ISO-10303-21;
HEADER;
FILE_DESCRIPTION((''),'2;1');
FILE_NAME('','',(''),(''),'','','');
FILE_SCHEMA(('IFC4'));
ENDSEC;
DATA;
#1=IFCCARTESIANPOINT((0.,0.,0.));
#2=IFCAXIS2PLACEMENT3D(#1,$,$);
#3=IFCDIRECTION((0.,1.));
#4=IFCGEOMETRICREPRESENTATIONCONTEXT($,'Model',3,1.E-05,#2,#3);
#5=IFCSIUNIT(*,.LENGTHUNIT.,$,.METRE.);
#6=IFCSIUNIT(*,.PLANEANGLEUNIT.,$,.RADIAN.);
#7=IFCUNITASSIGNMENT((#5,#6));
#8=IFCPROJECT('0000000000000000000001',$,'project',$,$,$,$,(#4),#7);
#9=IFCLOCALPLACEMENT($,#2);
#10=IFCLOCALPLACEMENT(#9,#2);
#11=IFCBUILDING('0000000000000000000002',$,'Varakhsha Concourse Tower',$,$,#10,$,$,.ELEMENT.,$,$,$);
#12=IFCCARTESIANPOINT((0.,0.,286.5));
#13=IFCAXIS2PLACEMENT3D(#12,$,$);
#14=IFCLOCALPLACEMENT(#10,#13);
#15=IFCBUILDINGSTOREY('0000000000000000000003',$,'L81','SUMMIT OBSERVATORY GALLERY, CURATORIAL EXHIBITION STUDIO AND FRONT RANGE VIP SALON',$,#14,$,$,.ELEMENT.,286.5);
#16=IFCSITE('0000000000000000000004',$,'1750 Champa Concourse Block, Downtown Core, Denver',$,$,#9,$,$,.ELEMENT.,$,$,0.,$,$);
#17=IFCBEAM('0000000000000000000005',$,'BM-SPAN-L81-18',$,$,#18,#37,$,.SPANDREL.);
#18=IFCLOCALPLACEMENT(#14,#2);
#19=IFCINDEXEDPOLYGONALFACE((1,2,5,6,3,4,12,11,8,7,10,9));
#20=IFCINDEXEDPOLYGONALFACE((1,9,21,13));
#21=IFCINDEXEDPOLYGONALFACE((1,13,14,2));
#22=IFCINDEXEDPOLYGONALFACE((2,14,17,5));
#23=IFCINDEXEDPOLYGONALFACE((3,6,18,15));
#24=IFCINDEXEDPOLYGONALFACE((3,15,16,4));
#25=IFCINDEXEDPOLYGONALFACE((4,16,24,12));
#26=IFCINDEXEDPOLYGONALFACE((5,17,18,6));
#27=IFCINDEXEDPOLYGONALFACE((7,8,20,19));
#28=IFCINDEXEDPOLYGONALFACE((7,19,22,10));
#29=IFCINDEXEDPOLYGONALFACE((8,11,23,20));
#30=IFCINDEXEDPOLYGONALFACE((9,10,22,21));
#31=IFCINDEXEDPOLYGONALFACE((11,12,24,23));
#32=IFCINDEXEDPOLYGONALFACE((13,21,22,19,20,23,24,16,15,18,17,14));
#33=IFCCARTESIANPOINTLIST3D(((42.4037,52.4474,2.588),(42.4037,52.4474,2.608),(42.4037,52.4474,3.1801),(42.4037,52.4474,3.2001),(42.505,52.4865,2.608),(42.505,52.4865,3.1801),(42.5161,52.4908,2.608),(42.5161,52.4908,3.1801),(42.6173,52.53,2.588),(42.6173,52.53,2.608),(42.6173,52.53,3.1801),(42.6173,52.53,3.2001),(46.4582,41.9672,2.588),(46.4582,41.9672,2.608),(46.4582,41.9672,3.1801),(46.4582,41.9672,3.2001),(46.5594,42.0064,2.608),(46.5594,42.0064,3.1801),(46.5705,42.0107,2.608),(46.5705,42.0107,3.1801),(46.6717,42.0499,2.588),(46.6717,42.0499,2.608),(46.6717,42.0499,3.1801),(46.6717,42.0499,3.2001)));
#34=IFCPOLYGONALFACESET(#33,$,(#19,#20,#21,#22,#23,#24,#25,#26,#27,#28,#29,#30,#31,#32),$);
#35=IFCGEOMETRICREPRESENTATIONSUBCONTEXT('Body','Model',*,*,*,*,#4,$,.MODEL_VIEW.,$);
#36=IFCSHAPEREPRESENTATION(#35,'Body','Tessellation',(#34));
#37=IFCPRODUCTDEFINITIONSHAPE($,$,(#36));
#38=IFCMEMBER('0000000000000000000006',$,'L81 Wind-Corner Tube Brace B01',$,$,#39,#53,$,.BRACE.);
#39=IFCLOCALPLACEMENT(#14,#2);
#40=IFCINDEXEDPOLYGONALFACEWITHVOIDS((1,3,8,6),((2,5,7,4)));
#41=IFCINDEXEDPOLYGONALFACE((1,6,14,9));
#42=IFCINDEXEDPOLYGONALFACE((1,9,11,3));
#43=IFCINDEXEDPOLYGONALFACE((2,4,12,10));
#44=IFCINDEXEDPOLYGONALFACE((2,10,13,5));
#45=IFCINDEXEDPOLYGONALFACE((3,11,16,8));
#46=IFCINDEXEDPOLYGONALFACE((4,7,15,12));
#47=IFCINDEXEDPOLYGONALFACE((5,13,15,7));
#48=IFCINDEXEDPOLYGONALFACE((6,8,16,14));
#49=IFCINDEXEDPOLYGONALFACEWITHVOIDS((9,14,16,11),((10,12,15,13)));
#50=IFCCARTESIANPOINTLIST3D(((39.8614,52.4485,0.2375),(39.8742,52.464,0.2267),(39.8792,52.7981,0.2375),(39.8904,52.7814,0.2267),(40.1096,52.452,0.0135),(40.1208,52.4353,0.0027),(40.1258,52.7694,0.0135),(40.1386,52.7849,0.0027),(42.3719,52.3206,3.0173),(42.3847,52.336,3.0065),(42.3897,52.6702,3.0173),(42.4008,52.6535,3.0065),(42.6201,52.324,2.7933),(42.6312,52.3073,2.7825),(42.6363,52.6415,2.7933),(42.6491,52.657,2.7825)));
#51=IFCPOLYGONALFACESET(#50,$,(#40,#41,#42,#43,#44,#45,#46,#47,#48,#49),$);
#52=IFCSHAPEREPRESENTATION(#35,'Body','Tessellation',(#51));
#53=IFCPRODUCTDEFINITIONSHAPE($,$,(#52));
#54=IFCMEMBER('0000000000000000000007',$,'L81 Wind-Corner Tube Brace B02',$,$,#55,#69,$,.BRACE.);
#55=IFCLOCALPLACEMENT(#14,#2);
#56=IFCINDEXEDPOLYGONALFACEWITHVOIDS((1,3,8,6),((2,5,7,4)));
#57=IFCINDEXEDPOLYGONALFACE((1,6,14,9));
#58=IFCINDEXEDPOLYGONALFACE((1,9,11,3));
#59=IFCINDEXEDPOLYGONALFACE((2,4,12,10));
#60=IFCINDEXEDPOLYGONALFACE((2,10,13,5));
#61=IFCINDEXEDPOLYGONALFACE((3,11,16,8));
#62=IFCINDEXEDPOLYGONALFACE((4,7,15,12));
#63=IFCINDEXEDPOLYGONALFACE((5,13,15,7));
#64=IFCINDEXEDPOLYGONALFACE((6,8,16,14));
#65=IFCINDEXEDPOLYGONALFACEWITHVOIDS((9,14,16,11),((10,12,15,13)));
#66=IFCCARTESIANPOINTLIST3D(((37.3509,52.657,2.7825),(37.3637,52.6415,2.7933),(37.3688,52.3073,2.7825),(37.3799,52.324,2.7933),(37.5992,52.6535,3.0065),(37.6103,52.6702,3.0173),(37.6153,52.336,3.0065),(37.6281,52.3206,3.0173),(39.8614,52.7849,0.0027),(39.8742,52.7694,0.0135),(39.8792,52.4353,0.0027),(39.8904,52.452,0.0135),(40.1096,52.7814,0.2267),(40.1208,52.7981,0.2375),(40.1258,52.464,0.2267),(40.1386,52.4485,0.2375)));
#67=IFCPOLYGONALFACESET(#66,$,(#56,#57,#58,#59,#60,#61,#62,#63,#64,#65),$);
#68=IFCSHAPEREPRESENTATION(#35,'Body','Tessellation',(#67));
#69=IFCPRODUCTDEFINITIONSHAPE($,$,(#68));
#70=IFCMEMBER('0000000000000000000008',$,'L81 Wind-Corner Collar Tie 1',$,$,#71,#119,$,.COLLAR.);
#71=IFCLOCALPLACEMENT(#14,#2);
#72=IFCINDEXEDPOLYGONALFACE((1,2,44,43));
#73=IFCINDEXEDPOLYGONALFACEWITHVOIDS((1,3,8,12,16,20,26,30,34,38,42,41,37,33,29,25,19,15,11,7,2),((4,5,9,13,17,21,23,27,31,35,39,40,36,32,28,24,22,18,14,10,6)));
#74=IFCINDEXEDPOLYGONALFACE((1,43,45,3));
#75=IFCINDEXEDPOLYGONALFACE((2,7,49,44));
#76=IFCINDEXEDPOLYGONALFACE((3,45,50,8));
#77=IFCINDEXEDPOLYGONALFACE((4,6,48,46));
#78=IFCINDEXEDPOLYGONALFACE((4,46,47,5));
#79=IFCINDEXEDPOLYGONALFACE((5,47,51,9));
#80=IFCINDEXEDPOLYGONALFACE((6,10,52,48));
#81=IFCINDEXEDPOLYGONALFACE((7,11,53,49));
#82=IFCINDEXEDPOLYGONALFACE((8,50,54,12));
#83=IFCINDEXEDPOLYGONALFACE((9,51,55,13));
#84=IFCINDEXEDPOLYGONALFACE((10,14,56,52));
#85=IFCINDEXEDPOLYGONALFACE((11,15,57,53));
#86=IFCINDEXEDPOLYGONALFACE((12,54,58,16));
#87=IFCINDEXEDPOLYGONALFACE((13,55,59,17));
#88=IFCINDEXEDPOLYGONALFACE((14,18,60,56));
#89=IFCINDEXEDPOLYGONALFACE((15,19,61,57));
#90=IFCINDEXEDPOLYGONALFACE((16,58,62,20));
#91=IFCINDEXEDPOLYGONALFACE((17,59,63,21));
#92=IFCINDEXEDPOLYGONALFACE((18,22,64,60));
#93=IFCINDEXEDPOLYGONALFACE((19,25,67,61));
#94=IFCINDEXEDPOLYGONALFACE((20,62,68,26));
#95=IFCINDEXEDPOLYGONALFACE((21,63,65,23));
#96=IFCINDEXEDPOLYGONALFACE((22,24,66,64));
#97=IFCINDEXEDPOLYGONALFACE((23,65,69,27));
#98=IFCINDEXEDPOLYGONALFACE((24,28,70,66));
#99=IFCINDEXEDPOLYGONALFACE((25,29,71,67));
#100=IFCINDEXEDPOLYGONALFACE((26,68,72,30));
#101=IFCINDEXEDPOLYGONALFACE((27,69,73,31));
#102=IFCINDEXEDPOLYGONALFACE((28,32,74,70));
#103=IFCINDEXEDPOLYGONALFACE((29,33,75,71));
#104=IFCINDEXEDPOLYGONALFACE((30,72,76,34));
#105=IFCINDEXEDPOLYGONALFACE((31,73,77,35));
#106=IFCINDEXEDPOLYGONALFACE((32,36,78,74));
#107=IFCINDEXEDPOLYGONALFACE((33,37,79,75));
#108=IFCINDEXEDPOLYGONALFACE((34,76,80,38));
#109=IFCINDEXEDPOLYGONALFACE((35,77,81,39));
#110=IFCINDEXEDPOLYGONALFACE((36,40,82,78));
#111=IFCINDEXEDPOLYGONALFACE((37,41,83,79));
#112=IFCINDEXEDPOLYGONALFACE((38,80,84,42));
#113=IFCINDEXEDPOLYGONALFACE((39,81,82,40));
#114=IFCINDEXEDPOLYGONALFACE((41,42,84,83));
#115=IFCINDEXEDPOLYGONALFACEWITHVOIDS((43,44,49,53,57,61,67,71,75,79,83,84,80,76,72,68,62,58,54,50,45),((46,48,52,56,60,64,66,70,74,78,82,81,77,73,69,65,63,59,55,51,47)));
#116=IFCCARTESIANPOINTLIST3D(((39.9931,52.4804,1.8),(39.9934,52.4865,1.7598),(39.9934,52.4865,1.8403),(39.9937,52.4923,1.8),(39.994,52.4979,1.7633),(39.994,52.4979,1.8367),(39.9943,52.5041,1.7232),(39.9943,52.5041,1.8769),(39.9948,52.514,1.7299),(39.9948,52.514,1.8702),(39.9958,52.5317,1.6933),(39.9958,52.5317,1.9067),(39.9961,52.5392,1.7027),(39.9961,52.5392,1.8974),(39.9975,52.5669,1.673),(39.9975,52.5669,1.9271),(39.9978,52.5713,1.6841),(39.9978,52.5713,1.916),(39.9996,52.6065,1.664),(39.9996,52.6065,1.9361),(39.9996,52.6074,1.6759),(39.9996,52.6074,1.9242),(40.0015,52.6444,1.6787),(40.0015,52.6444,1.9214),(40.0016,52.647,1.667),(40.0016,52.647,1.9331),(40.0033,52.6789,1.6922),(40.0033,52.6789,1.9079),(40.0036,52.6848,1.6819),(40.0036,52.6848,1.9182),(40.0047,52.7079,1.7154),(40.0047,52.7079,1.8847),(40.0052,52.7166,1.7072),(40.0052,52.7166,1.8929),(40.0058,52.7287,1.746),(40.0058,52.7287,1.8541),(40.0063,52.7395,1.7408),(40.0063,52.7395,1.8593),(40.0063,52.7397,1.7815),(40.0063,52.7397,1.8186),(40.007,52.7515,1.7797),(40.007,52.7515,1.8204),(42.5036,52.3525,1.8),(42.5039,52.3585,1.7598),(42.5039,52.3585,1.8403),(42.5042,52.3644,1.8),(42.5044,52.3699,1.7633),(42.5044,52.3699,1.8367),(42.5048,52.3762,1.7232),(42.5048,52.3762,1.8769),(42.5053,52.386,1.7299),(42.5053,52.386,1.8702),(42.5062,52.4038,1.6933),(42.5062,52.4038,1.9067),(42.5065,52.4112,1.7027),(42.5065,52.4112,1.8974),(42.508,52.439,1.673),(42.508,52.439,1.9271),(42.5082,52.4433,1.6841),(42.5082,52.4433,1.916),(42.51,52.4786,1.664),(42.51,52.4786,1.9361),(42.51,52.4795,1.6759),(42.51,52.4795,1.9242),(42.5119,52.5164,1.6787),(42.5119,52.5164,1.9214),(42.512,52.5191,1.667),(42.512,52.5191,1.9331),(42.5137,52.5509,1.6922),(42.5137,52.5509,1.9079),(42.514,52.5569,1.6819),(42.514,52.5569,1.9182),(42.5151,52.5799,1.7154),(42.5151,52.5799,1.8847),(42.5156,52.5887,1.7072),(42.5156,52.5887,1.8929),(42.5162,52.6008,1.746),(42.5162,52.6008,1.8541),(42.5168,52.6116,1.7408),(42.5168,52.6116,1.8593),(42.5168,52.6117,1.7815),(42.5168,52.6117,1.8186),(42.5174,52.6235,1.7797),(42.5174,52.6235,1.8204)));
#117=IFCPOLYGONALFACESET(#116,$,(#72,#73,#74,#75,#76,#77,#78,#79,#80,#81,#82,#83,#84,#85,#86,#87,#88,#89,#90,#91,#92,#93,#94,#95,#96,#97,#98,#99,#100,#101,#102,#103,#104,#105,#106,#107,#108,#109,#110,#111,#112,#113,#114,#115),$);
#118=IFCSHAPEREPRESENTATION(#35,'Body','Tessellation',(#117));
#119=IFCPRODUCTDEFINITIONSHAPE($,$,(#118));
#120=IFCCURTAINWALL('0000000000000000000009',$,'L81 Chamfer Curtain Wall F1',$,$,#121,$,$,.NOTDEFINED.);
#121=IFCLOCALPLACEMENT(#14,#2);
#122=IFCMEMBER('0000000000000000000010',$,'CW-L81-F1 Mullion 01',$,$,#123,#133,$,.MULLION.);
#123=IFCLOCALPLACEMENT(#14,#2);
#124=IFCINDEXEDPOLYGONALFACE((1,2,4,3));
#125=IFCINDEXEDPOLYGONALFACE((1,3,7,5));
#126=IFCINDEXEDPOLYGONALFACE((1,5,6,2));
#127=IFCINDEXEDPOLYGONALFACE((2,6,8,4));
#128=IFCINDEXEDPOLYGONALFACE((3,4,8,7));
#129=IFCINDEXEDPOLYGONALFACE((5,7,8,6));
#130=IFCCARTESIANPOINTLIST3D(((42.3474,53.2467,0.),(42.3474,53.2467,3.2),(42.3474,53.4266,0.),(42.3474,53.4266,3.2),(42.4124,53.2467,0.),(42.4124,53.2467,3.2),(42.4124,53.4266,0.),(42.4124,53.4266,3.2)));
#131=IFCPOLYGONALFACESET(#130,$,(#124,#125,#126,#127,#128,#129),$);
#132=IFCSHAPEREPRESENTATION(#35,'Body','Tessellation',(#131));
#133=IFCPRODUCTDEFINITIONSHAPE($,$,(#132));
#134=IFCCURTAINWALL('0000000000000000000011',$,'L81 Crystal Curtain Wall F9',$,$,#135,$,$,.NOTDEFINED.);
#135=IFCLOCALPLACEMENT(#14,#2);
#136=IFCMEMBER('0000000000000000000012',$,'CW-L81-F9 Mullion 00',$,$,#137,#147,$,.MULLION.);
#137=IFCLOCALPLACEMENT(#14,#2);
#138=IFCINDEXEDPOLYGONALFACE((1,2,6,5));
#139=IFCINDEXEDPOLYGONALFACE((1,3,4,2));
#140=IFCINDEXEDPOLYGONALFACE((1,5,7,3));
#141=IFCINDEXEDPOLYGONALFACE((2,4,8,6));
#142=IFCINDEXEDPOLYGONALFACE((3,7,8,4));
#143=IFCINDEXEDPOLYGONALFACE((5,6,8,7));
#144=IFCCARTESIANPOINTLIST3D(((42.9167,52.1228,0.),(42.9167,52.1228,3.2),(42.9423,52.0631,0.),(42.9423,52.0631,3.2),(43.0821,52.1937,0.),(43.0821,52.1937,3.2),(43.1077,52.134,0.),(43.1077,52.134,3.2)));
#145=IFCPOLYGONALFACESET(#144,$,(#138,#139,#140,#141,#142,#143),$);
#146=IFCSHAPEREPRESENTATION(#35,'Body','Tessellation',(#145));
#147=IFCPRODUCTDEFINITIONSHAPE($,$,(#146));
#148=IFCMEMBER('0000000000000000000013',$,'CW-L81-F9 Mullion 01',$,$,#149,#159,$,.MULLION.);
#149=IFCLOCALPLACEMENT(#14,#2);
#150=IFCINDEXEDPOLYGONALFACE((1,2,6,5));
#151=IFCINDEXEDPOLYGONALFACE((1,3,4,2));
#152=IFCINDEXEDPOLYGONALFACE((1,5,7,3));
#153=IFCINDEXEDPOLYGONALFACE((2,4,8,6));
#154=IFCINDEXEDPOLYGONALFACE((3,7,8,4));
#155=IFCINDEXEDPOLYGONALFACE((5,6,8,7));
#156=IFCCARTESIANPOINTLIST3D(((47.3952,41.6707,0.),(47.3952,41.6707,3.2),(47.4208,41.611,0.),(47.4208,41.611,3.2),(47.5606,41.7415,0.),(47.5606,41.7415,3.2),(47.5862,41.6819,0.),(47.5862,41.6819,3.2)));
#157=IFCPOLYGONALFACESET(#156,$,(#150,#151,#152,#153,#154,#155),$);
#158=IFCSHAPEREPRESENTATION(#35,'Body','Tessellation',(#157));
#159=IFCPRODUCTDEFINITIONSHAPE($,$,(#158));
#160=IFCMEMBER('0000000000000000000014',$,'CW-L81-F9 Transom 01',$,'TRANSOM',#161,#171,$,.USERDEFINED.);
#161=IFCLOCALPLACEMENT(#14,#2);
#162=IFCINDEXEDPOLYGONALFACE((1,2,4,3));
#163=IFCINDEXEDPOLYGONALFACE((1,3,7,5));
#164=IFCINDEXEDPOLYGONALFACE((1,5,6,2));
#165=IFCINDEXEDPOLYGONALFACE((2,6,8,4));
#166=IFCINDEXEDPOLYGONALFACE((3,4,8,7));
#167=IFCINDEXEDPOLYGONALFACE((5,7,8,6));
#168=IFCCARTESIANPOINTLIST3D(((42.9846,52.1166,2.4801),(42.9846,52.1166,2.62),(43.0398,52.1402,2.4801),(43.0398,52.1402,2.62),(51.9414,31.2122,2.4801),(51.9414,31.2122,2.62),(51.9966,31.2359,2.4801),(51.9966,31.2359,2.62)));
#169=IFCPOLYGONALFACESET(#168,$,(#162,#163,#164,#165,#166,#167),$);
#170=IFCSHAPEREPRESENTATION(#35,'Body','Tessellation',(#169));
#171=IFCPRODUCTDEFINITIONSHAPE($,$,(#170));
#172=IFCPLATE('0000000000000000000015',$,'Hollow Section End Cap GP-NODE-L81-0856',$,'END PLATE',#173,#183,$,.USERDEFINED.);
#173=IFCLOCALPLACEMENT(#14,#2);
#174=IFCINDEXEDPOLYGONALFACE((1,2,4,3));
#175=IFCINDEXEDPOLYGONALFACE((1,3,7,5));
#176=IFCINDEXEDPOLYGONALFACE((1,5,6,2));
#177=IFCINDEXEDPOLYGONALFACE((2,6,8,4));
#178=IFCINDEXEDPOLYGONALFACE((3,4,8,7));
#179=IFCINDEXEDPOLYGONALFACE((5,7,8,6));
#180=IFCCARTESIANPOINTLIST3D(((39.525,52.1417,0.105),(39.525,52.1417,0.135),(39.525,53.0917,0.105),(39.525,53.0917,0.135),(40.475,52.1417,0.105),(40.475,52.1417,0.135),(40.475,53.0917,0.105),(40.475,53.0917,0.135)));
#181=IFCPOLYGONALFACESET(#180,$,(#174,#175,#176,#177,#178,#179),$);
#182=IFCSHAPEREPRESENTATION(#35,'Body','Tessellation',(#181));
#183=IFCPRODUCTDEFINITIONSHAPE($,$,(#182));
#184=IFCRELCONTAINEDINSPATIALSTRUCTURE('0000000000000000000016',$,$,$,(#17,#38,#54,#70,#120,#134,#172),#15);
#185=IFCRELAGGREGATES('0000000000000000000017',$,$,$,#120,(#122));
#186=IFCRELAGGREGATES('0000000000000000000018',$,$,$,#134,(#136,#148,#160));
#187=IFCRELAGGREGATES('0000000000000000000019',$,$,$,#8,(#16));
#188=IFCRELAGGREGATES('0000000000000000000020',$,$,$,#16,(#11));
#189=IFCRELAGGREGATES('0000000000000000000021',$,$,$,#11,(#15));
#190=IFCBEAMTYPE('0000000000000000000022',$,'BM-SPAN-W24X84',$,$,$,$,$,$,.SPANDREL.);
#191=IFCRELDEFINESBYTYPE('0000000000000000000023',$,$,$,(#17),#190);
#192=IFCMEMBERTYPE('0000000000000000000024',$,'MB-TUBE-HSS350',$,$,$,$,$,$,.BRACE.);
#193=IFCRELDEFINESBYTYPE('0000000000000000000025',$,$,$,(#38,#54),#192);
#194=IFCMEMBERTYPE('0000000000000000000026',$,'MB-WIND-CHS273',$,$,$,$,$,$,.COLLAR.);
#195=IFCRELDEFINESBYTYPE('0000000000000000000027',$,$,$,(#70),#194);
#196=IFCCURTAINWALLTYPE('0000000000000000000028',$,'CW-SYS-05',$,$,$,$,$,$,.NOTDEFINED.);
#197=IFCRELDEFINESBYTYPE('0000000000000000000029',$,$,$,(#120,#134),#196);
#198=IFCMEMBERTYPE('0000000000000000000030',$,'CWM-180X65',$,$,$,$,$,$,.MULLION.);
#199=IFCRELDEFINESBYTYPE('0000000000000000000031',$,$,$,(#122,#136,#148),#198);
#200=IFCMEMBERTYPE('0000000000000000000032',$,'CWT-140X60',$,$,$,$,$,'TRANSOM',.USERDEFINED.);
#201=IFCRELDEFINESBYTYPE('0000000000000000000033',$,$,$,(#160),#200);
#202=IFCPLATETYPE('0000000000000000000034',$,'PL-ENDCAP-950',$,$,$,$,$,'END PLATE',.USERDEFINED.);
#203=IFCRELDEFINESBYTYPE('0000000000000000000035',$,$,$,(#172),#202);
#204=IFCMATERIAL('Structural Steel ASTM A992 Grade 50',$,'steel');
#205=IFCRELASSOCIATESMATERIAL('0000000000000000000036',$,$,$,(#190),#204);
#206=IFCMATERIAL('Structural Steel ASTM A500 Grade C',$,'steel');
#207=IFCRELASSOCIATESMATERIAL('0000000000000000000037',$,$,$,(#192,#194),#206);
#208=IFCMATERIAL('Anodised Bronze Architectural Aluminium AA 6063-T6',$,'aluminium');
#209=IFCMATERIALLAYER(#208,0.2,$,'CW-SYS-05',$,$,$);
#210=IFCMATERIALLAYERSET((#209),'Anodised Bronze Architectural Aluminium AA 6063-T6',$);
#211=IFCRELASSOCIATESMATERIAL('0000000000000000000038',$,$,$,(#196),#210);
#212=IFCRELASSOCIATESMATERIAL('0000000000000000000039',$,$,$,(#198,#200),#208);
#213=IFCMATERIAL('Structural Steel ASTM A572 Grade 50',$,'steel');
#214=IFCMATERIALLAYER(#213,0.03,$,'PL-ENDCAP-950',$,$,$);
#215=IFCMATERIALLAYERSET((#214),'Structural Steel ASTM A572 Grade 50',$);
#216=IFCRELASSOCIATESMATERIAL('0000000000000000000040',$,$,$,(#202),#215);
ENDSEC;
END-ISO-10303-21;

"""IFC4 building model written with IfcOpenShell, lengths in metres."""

from ifc_helpers import new_model, si_unit, direction, frame, origin, origin_2d, place, context, subcontext, project, spatial, rectangle, hollow_rectangle, hollow_circle, i_section, extrude, source, transform, mapped, material, layer, layer_set, material_profile, profile_set, type_object, type_shapes, element, aggregate, save


model = new_model("IFC4")

# Units and contexts
model_context = context("Model", 3, precision=1e-05, world=origin(), true_north=direction((0.0, 1.0)))
body_context = subcontext(model_context, "Body", "Model", "MODEL_VIEW")
ifc_project = project(units=[si_unit("LENGTHUNIT", "METRE"), si_unit("PLANEANGLEUNIT", "RADIAN")], contexts=[model_context])

# Site, building, storey
site_placement = place(None, origin())
site = spatial("IfcSite", under=ifc_project, at=site_placement, Name="1750 Champa Concourse Block, Downtown Core, Denver", CompositionType="ELEMENT", RefElevation=0.0)
building_placement = place(site_placement, origin())
building = spatial("IfcBuilding", under=site, at=building_placement, Name="Varakhsha Concourse Tower", CompositionType="ELEMENT")
storey_placement = place(building_placement, frame((0.0, 0.0, 286.5)))
storey = spatial("IfcBuildingStorey", under=building, at=storey_placement, Name="L81", Description="SUMMIT OBSERVATORY GALLERY, CURATORIAL EXHIBITION STUDIO AND FRONT RANGE VIP SALON", CompositionType="ELEMENT", Elevation=286.5)

# Shared definitions
ifc_material_1 = material(Name="Structural Steel ASTM A992 Grade 50", Category="steel")
ifc_material_2 = material(Name="Structural Steel ASTM A572 Grade 50", Category="steel")

# Beam
ifc_material_profile_1 = material_profile(ifc_material_1, i_section(OverallWidth=0.229, OverallDepth=0.6121, WebThickness=0.012, FlangeThickness=0.02, at=origin_2d()), Name="W24X84")
ifc_profile_set_1 = profile_set([ifc_material_profile_1], Name="Structural Steel ASTM A992 Grade 50")
beam_type_1 = type_object("IfcBeamType", Name="BM-SPAN-W24X84", PredefinedType="SPANDREL", material=ifc_profile_set_1)
beam_1_placement = place(storey_placement, frame((46.5649, 42.0085, 2.894), z_axis=(-0.360807, 0.932641, 0.0), x_axis=(-0.932641, -0.360807, 0.0)))
element("IfcBeam", 1, at=beam_1_placement, inside=storey, type_object=beam_type_1, Name="BM-SPAN-L81-18", PredefinedType="SPANDREL", context=body_context, shape_type="SweptSolid", body=[
    extrude(i_section(OverallWidth=0.229, OverallDepth=0.6121, WebThickness=0.012, FlangeThickness=0.02, at=origin_2d()), origin(), (0.0, 0.0, 1.0), 11.2371),
])

# Members
ifc_material_3 = material(Name="Structural Steel ASTM A500 Grade C", Category="steel")
ifc_material_profile_2 = material_profile(ifc_material_3, hollow_rectangle(XDim=0.3501, YDim=0.3501, WallThickness=0.0161, at=origin_2d()), Name="HSS 350x350x16")
ifc_profile_set_2 = profile_set([ifc_material_profile_2], Name="Structural Steel ASTM A500 Grade C")
member_type_1 = type_object("IfcMemberType", Name="MB-TUBE-HSS350", PredefinedType="BRACE", material=ifc_profile_set_2)
shared_shape_1 = source(origin(), body_context, "Body", "SweptSolid", [
    extrude(hollow_rectangle(XDim=0.3501, YDim=0.3501, WallThickness=0.0161, at=origin_2d()), origin(), (0.0, 0.0, 1.0), 3.7478),
])
type_shapes(member_type_1, [shared_shape_1])
for number, where, z_axis, x_axis, name in (
    (2, (40.0, 52.6167, 0.1201), (0.669855, -0.034134, 0.741707), (0.050892, 0.998704, 0.0), "L81 Wind-Corner Tube Brace B01"),
    (3, (40.0, 52.6167, 0.1201), (-0.669855, -0.034134, 0.741707), (0.050892, -0.998704, 0.0), "L81 Wind-Corner Tube Brace B02"),
):
    element("IfcMember", number, at=place(storey_placement, frame(where, z_axis=z_axis, x_axis=x_axis)), inside=storey, type_object=member_type_1, Name=name, PredefinedType="BRACE", context=body_context, shape_type="MappedRepresentation", body=[
        mapped(shared_shape_1, transform((0.0, 0.0, 0.0), scale=1.0)),
    ])
ifc_material_profile_3 = material_profile(ifc_material_3, hollow_circle(Radius=0.1365, WallThickness=0.012, at=origin_2d()), Name="CHS 273x12")
ifc_profile_set_3 = profile_set([ifc_material_profile_3], Name="Structural Steel ASTM A500 Grade C")
member_type_2 = type_object("IfcMemberType", Name="MB-WIND-CHS273", PredefinedType="COLLAR", material=ifc_profile_set_3)
shared_shape_2 = source(origin(), body_context, "Body", "SweptSolid", [
    extrude(hollow_circle(Radius=0.1365, WallThickness=0.012, at=origin_2d()), origin(), (0.0, 0.0, 1.0), 2.5137),
])
type_shapes(member_type_2, [shared_shape_2])
member_1_placement = place(storey_placement, frame((42.5105, 52.4888, 1.8), z_axis=(-0.998704, 0.050892, 0.0), x_axis=(-0.050892, -0.998704, 0.0)))
element("IfcMember", 4, at=member_1_placement, inside=storey, type_object=member_type_2, Name="L81 Wind-Corner Collar Tie 1", PredefinedType="COLLAR", context=body_context, shape_type="MappedRepresentation", body=[
    mapped(shared_shape_2, transform((0.0, 0.0, 0.0), scale=1.0)),
])

# Curtain wall, member
ifc_material_4 = material(Name="Anodised Bronze Architectural Aluminium AA 6063-T6", Category="aluminium")
ifc_layer_1 = layer(ifc_material_4, 0.2, Name="CW-SYS-05")
ifc_layer_set_1 = layer_set([ifc_layer_1], Name="Anodised Bronze Architectural Aluminium AA 6063-T6")
curtain_wall_type = type_object("IfcCurtainWallType", Name="CW-SYS-05", PredefinedType="NOTDEFINED", material=ifc_layer_set_1)
curtain_wall_1_placement = place(storey_placement, origin())
curtain_wall_1 = element("IfcCurtainWall", 5, at=curtain_wall_1_placement, inside=storey, type_object=curtain_wall_type, Name="L81 Chamfer Curtain Wall F1", PredefinedType="NOTDEFINED")
ifc_material_profile_4 = material_profile(ifc_material_4, rectangle(XDim=0.0649, YDim=0.1799, at=origin_2d()), Name="CWM-180X65")
ifc_profile_set_4 = profile_set([ifc_material_profile_4], Name="Anodised Bronze Architectural Aluminium AA 6063-T6")
member_type_3 = type_object("IfcMemberType", Name="CWM-180X65", PredefinedType="MULLION", material=ifc_profile_set_4)
shared_shape_3 = source(origin(), body_context, "Body", "SweptSolid", [
    extrude(rectangle(XDim=0.0649, YDim=0.1799, at=origin_2d()), origin(), (0.0, 0.0, 1.0), 3.2),
])
type_shapes(member_type_3, [shared_shape_3])
member_2_placement = place(storey_placement, frame((42.3799, 53.3367, 0.0), z_axis=(0.0, 0.0, 1.0), x_axis=(1.0, 0.0, 0.0)))
member_2 = element("IfcMember", 6, at=member_2_placement, type_object=member_type_3, Name="CW-L81-F1 Mullion 01", PredefinedType="MULLION", context=body_context, shape_type="MappedRepresentation", body=[
    mapped(shared_shape_3, transform((0.0, 0.0, 0.0), scale=1.0)),
])

# Curtain wall, members
curtain_wall_2_placement = place(storey_placement, origin())
curtain_wall_2 = element("IfcCurtainWall", 7, at=curtain_wall_2_placement, inside=storey, type_object=curtain_wall_type, Name="L81 Crystal Curtain Wall F9", PredefinedType="NOTDEFINED")
member_3_placement = place(storey_placement, frame((43.0122, 52.1284, 0.0), z_axis=(0.0, 0.0, 1.0), x_axis=(0.393839, -0.919179, 0.0)))
member_3 = element("IfcMember", 8, at=member_3_placement, type_object=member_type_3, Name="CW-L81-F9 Mullion 00", PredefinedType="MULLION", context=body_context, shape_type="MappedRepresentation", body=[
    mapped(shared_shape_3, transform((0.0, 0.0, 0.0), scale=1.0)),
])
member_4_placement = place(storey_placement, frame((47.4907, 41.6763, 0.0), z_axis=(0.0, 0.0, 1.0), x_axis=(0.393839, -0.919179, 0.0)))
member_4 = element("IfcMember", 9, at=member_4_placement, type_object=member_type_3, Name="CW-L81-F9 Mullion 01", PredefinedType="MULLION", context=body_context, shape_type="MappedRepresentation", body=[
    mapped(shared_shape_3, transform((0.0, 0.0, 0.0), scale=1.0)),
])
ifc_material_profile_5 = material_profile(ifc_material_4, rectangle(XDim=0.0601, YDim=0.1399, at=origin_2d()), Name="CWT-140X60")
ifc_profile_set_5 = profile_set([ifc_material_profile_5], Name="Anodised Bronze Architectural Aluminium AA 6063-T6")
member_type_4 = type_object("IfcMemberType", Name="CWT-140X60", ElementType="TRANSOM", PredefinedType="USERDEFINED", material=ifc_profile_set_5)
shared_shape_4 = source(origin(), body_context, "Body", "SweptSolid", [
    extrude(rectangle(XDim=0.0601, YDim=0.1399, at=origin_2d()), origin(), (0.0, 0.0, 1.0), 22.7424),
])
type_shapes(member_type_4, [shared_shape_4])
member_5_placement = place(storey_placement, frame((43.0122, 52.1284, 2.55), z_axis=(0.393838, -0.91918, 0.0), x_axis=(0.91918, 0.393838, 0.0)))
member_5 = element("IfcMember", 10, at=member_5_placement, type_object=member_type_4, Name="CW-L81-F9 Transom 01", ObjectType="TRANSOM", PredefinedType="USERDEFINED", context=body_context, shape_type="MappedRepresentation", body=[
    mapped(shared_shape_4, transform((0.0, 0.0, 0.0), scale=1.0)),
])

# Plate
ifc_layer_2 = layer(ifc_material_2, 0.03, Name="PL-ENDCAP-950")
ifc_layer_set_2 = layer_set([ifc_layer_2], Name="Structural Steel ASTM A572 Grade 50")
plate_type_1 = type_object("IfcPlateType", Name="PL-ENDCAP-950", ElementType="END PLATE", PredefinedType="USERDEFINED", material=ifc_layer_set_2)
shared_shape_5 = source(origin(), body_context, "Body", "SweptSolid", [
    extrude(rectangle(XDim=0.95, YDim=0.95, at=origin_2d()), origin(), (0.0, 0.0, 1.0), 0.03),
])
type_shapes(plate_type_1, [shared_shape_5])
for number, where, z_axis, x_axis, name in (
    (11, (40.0, 52.6167, 0.105), (0.0, 0.0, 1.0), (1.0, 0.0, 0.0), "Hollow Section End Cap GP-NODE-L81-0856"),
):
    element("IfcPlate", number, at=place(storey_placement, frame(where, z_axis=z_axis, x_axis=x_axis)), inside=storey, type_object=plate_type_1, Name=name, ObjectType="END PLATE", PredefinedType="USERDEFINED", context=body_context, shape_type="MappedRepresentation", body=[
        mapped(shared_shape_5, transform((0.0, 0.0, 0.0), scale=1.0)),
    ])

aggregate(curtain_wall_1, [member_2])
aggregate(curtain_wall_2, [member_3, member_4, member_5])

save(model, "model.ifc")
